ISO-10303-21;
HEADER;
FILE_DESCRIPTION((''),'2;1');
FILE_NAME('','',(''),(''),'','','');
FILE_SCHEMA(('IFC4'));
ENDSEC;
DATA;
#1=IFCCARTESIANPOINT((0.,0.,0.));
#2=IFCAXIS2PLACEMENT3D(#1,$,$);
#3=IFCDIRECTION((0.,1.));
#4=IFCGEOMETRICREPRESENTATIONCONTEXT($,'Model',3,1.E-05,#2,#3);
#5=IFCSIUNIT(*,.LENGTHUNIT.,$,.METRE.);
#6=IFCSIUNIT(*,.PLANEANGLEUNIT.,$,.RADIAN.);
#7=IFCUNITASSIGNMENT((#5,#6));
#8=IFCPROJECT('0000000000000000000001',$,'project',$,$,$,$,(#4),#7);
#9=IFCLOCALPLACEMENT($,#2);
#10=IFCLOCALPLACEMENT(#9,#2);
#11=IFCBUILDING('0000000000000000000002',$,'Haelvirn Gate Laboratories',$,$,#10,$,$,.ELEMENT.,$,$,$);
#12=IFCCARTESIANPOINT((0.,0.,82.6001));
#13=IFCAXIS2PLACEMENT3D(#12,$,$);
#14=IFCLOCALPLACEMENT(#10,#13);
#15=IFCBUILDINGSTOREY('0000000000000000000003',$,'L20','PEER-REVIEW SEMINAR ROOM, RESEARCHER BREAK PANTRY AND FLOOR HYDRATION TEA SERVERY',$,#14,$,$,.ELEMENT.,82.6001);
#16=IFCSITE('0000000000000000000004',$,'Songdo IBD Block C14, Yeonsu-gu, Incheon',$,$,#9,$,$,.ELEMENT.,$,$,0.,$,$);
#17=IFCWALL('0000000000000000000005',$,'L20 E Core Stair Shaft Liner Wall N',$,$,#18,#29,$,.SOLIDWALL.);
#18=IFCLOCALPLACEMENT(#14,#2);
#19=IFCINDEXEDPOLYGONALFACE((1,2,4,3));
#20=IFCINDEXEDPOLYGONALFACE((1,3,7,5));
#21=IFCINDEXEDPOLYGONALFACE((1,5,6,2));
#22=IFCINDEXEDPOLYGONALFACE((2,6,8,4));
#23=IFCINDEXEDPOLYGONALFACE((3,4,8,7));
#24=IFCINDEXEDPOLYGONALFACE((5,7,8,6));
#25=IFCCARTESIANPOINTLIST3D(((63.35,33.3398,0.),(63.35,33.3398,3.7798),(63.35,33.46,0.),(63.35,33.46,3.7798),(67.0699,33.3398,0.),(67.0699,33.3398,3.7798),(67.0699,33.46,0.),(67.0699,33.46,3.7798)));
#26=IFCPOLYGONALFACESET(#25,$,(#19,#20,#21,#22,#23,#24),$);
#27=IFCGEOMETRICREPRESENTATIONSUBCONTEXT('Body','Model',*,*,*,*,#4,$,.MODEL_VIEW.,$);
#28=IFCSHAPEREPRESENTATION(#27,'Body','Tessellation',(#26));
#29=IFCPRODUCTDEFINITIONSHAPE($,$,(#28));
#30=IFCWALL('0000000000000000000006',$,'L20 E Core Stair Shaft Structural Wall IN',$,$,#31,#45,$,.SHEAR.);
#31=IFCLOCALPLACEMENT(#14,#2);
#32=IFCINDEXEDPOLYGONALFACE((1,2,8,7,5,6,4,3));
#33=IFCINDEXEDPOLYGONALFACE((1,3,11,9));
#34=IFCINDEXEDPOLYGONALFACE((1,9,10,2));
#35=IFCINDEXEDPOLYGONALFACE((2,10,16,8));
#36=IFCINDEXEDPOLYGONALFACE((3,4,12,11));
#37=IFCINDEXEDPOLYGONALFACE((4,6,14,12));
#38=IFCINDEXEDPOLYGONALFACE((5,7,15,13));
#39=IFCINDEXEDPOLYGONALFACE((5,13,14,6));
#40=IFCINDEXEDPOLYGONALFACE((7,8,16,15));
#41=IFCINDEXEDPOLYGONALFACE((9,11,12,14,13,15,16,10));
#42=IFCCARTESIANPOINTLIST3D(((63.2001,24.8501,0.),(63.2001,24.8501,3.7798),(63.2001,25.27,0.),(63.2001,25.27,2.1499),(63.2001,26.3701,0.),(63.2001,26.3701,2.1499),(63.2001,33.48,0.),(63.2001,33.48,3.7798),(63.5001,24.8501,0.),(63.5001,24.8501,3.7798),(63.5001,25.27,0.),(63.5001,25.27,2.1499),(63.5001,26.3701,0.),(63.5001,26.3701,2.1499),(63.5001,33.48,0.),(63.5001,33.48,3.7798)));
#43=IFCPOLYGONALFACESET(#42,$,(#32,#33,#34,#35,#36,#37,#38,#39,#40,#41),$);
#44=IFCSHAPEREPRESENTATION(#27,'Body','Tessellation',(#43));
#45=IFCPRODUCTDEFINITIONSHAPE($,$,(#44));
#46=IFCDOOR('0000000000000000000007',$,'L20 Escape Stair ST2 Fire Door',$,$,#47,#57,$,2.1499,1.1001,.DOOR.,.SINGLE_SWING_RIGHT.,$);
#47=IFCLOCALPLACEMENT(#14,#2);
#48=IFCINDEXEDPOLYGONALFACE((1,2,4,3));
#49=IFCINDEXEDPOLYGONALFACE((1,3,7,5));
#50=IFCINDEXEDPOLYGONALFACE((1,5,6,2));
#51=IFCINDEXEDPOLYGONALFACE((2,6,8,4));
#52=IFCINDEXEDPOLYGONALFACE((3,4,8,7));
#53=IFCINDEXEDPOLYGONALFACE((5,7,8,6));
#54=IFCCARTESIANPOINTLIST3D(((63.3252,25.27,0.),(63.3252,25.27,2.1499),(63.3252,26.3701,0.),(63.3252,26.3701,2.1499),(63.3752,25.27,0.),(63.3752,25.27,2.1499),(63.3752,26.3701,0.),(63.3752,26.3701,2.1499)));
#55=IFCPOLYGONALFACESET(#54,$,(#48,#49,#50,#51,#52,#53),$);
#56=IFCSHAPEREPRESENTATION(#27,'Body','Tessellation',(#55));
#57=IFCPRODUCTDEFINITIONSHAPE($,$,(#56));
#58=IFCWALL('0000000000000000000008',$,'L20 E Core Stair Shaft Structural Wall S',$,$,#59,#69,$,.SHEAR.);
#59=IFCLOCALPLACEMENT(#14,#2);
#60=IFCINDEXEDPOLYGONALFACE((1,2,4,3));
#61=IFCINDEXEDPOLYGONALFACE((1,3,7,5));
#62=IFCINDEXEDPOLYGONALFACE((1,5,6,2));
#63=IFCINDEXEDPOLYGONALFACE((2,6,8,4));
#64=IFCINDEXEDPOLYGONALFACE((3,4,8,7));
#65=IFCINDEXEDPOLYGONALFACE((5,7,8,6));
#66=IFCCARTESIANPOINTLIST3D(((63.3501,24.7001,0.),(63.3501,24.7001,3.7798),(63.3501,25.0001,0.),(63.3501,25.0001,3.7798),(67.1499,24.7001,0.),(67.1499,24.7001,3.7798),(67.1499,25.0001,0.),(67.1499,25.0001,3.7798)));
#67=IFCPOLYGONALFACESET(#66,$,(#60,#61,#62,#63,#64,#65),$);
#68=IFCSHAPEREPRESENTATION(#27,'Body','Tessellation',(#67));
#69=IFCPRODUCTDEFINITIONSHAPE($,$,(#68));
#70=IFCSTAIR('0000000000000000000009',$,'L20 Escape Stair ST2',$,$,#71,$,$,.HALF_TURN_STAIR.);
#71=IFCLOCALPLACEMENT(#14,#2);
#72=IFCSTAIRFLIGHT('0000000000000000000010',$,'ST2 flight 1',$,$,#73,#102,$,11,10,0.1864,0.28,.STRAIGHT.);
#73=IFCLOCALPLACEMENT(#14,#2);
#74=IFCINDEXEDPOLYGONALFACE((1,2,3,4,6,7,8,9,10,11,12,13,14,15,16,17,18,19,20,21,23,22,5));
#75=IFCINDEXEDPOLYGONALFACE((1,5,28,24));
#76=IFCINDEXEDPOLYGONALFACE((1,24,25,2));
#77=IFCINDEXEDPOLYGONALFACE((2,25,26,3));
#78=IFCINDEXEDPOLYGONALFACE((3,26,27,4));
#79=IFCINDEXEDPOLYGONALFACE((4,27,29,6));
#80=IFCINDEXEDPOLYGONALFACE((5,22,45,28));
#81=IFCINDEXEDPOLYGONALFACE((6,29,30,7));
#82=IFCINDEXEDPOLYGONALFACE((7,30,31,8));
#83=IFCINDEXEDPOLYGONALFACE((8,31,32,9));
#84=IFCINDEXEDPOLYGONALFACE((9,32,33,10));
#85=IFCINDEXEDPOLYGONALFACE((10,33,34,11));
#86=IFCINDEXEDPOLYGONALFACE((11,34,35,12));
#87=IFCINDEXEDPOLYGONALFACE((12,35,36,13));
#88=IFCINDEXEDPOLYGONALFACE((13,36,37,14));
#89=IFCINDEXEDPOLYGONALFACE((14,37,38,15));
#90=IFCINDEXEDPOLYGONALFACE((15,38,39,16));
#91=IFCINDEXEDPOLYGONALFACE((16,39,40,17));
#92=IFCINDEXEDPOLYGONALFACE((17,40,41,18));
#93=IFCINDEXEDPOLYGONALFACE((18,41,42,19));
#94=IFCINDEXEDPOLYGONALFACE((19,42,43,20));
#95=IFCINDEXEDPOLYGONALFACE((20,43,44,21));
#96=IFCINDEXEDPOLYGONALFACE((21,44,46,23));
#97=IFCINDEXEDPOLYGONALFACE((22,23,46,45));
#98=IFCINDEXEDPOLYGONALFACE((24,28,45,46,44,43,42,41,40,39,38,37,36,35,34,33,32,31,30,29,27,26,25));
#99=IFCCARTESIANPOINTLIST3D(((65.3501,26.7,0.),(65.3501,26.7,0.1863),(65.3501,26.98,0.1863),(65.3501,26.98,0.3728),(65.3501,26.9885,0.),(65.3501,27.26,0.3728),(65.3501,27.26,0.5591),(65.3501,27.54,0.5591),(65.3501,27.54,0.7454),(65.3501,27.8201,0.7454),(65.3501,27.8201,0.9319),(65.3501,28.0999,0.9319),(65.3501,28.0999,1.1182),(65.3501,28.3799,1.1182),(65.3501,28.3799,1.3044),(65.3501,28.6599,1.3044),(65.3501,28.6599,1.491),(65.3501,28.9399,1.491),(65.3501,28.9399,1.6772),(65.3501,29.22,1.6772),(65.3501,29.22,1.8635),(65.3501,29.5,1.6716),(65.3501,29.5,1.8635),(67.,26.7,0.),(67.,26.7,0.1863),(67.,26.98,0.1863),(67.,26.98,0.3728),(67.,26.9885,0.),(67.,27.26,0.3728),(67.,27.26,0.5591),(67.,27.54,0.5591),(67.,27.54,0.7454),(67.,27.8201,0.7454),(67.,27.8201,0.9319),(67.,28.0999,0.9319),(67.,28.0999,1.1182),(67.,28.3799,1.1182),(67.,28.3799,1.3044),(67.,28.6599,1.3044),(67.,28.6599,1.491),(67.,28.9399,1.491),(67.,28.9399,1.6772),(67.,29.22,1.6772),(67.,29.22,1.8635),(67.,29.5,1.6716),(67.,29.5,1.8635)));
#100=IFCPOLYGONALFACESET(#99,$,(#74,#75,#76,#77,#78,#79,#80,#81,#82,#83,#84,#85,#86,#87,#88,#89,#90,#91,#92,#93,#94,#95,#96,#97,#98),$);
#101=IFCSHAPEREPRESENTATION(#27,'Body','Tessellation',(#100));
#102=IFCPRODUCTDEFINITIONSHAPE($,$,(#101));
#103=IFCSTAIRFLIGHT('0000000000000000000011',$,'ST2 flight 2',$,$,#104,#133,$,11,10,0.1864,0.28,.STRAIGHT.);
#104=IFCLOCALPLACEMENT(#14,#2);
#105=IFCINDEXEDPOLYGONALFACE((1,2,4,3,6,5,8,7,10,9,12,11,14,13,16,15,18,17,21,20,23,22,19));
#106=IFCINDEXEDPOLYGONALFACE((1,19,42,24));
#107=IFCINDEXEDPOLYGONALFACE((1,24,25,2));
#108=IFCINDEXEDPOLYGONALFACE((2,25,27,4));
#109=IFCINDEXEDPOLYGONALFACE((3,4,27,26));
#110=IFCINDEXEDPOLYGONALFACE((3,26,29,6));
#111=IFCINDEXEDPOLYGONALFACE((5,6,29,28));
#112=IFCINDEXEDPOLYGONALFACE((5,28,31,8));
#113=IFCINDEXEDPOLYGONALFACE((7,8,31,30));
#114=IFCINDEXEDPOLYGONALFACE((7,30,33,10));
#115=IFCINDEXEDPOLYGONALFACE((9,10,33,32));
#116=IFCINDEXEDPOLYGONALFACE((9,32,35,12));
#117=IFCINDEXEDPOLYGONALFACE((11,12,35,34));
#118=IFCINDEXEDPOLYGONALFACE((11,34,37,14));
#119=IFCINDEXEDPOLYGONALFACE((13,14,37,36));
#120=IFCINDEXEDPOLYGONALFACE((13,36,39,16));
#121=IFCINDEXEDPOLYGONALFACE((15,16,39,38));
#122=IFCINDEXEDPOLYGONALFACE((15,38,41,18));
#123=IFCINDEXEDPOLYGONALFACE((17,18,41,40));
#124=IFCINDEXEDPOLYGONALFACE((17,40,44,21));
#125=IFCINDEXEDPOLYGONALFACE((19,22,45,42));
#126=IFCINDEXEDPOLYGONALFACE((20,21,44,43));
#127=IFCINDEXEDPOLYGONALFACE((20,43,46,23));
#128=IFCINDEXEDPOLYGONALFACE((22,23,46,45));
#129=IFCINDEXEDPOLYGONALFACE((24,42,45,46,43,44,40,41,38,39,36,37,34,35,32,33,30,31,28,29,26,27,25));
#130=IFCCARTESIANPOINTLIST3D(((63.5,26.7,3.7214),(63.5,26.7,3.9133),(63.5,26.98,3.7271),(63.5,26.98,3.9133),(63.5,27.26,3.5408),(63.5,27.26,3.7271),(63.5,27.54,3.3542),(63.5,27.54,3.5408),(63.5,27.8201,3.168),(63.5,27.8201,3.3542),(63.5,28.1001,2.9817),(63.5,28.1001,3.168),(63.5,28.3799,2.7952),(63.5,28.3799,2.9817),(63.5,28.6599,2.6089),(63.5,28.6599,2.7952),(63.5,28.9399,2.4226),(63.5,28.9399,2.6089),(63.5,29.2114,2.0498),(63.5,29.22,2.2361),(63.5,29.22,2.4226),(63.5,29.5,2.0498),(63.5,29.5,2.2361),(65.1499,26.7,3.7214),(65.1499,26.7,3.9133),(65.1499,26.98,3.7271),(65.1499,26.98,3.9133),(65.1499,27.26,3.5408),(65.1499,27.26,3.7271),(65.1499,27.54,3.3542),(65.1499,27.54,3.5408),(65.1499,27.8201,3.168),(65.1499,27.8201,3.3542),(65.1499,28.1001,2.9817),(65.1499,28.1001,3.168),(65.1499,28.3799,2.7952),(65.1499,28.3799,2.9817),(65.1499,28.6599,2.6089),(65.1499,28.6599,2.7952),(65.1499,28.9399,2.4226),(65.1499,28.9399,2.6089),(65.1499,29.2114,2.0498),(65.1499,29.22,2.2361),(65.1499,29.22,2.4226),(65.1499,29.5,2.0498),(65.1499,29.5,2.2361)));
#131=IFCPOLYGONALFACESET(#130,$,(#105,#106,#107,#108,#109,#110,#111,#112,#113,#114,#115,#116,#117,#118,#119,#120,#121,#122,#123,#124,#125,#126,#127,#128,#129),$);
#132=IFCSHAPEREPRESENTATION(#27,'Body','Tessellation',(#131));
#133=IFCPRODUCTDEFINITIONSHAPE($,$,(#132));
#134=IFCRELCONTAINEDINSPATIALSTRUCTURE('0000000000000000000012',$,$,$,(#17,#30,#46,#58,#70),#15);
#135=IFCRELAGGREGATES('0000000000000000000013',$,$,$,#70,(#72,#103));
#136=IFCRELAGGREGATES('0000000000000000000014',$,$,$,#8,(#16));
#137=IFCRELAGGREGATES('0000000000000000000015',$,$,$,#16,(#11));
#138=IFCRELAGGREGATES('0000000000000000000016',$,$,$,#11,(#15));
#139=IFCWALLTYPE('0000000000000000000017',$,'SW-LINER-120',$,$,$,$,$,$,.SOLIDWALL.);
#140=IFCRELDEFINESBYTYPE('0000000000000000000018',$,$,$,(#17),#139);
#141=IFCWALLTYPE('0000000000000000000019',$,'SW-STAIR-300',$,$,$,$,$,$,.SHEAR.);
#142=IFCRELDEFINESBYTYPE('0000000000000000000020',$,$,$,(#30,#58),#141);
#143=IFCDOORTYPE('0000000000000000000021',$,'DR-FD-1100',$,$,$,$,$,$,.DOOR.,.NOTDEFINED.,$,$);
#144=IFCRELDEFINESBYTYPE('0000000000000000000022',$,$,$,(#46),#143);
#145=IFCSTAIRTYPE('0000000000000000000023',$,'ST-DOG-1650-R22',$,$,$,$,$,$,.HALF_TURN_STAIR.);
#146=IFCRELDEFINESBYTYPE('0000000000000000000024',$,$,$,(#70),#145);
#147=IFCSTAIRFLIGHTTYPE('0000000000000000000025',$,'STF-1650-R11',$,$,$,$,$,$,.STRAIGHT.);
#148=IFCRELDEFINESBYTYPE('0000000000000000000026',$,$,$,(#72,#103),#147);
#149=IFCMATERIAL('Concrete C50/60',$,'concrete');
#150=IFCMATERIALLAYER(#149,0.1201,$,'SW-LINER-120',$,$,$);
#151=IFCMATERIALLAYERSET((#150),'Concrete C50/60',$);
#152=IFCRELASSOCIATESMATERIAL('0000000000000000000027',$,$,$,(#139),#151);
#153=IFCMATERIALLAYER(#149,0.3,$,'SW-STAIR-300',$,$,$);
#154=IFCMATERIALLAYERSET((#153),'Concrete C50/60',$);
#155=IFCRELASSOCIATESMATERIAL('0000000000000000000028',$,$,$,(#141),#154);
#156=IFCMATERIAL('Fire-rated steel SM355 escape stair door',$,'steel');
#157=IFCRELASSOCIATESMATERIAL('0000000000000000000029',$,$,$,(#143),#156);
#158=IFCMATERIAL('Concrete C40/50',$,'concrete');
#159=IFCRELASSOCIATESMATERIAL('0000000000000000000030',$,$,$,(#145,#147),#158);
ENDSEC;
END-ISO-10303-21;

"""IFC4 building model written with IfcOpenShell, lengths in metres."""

from ifc_helpers import new_model, si_unit, direction, frame, frame_2d, origin, place, context, subcontext, project, spatial, polyline, rectangle, outline, extrude, source, transform, mapped, material, layer, layer_set, type_object, type_shapes, element, fill, aggregate, save


model = new_model("IFC4")

# Units and contexts
model_context = context("Model", 3, precision=1e-05, world=origin(), true_north=direction((0.0, 1.0)))
body_context = subcontext(model_context, "Body", "Model", "MODEL_VIEW")
ifc_project = project(units=[si_unit("LENGTHUNIT", "METRE"), si_unit("PLANEANGLEUNIT", "RADIAN")], contexts=[model_context])

# Site, building, storey
site_placement = place(None, origin())
site = spatial("IfcSite", under=ifc_project, at=site_placement, Name="Songdo IBD Block C14, Yeonsu-gu, Incheon", CompositionType="ELEMENT", RefElevation=0.0)
building_placement = place(site_placement, origin())
building = spatial("IfcBuilding", under=site, at=building_placement, Name="Haelvirn Gate Laboratories", CompositionType="ELEMENT")
storey_placement = place(building_placement, frame((0.0, 0.0, 82.6001)))
storey = spatial("IfcBuildingStorey", under=building, at=storey_placement, Name="L20", Description="PEER-REVIEW SEMINAR ROOM, RESEARCHER BREAK PANTRY AND FLOOR HYDRATION TEA SERVERY", CompositionType="ELEMENT", Elevation=82.6001)

# Wall
ifc_material_1 = material(Name="Concrete C40/50", Category="concrete")
ifc_material_2 = material(Name="Concrete C50/60", Category="concrete")
ifc_layer_1 = layer(ifc_material_2, 0.1201, Name="SW-LINER-120")
ifc_layer_set_1 = layer_set([ifc_layer_1], Name="Concrete C50/60")
wall_type_1 = type_object("IfcWallType", Name="SW-LINER-120", PredefinedType="SOLIDWALL", material=ifc_layer_set_1)
wall_1_placement = place(storey_placement, frame((63.3501, 33.3999, 0.0), z_axis=(0.0, 0.0, 1.0), x_axis=(1.0, 0.0, 0.0)))
element("IfcWall", 1, at=wall_1_placement, inside=storey, type_object=wall_type_1, Name="L20 E Core Stair Shaft Liner Wall N", PredefinedType="SOLIDWALL", context=body_context, shape_type="SweptSolid", body=[
    extrude(rectangle(XDim=3.72, YDim=0.1201, at=frame_2d((1.8599, 0.0))), origin(), (0.0, 0.0, 1.0), 3.7798),
])

# Wall, opening, door
ifc_layer_2 = layer(ifc_material_2, 0.3, Name="SW-STAIR-300")
ifc_layer_set_2 = layer_set([ifc_layer_2], Name="Concrete C50/60")
wall_type_2 = type_object("IfcWallType", Name="SW-STAIR-300", PredefinedType="SHEAR", material=ifc_layer_set_2)
wall_2_placement = place(storey_placement, frame((63.3501, 24.8501, 0.0), z_axis=(0.0, 0.0, 1.0), x_axis=(0.0, 1.0, 0.0)))
wall_2 = element("IfcWall", 2, at=wall_2_placement, inside=storey, type_object=wall_type_2, Name="L20 E Core Stair Shaft Structural Wall IN", PredefinedType="SHEAR", context=body_context, shape_type="SweptSolid", body=[
    extrude(rectangle(XDim=8.6299, YDim=0.3, at=frame_2d((4.3149, 0.0))), origin(), (0.0, 0.0, 1.0), 3.7798),
])
opening_1_placement = place(wall_2_placement, frame((0.4199, 0.0, 0.0)))
opening_1 = element("IfcOpeningElement", 3, at=opening_1_placement, cuts=wall_2, PredefinedType="OPENING", context=body_context, shape_type="SweptSolid", body=[
    extrude(rectangle(XDim=1.1001, YDim=2.1499, at=frame_2d((0.55, 1.075))), frame((0.0, 0.1602, 0.0), z_axis=(0.0, -1.0, 0.0), x_axis=(1.0, 0.0, 0.0)), (0.0, 0.0, 1.0), 0.3201),
])
ifc_material_3 = material(Name="Fire-rated steel SM355 escape stair door", Category="steel")
door_type_1 = type_object("IfcDoorType", Name="DR-FD-1100", OperationType="NOTDEFINED", PredefinedType="DOOR", material=ifc_material_3)
shared_shape_1 = source(origin(), body_context, "Body", "SweptSolid", [
    extrude(rectangle(XDim=1.1001, YDim=2.1499, at=frame_2d((0.55, 1.075))), frame((0.0, 0.0249, 0.0), z_axis=(0.0, -1.0, 0.0), x_axis=(1.0, 0.0, 0.0)), (0.0, 0.0, 1.0), 0.05),
])
type_shapes(door_type_1, [shared_shape_1])
door_1_placement = place(opening_1_placement, origin())
door_1 = element("IfcDoor", 4, at=door_1_placement, inside=storey, type_object=door_type_1, Name="L20 Escape Stair ST2 Fire Door", OperationType="SINGLE_SWING_RIGHT", OverallHeight=2.1499, OverallWidth=1.1001, PredefinedType="DOOR", context=body_context, shape_type="MappedRepresentation", body=[
    mapped(shared_shape_1, transform((0.0, 0.0, 0.0), scale=1.0)),
])
fill(opening_1, door_1)

# Wall
wall_3_placement = place(storey_placement, frame((63.3501, 24.8501, 0.0), z_axis=(0.0, 0.0, 1.0), x_axis=(1.0, 0.0, 0.0)))
element("IfcWall", 5, at=wall_3_placement, inside=storey, type_object=wall_type_2, Name="L20 E Core Stair Shaft Structural Wall S", PredefinedType="SHEAR", context=body_context, shape_type="SweptSolid", body=[
    extrude(rectangle(XDim=3.7998, YDim=0.3, at=frame_2d((1.8999, 0.0))), origin(), (0.0, 0.0, 1.0), 3.7798),
])

# Stair, stair flights
stair_type = type_object("IfcStairType", Name="ST-DOG-1650-R22", PredefinedType="HALF_TURN_STAIR", material=ifc_material_1)
stair_placement = place(storey_placement, origin())
stair = element("IfcStair", 6, at=stair_placement, inside=storey, type_object=stair_type, Name="L20 Escape Stair ST2", PredefinedType="HALF_TURN_STAIR")
stair_flight_type = type_object("IfcStairFlightType", Name="STF-1650-R11", PredefinedType="STRAIGHT", material=ifc_material_1)
shared_shape_2 = source(origin(), body_context, "Body", "SweptSolid", [
    extrude(outline(polyline([(0.0, 0.0), (0.0, 0.1863), (0.28, 0.1863), (0.28, 0.3728), (0.5601, 0.3728), (0.5601, 0.5591), (0.8401, 0.5591), (0.8401, 0.7454), (1.1201, 0.7454), (1.1201, 0.9319), (1.3999, 0.9319), (1.3999, 1.1182), (1.6799, 1.1182), (1.6799, 1.3044), (1.96, 1.3044), (1.96, 1.491), (2.24, 1.491), (2.24, 1.6772), (2.52, 1.6772), (2.52, 1.8635), (2.8, 1.8635), (2.8, 2.05), (2.8, 1.6716), (0.2886, 0.0), (0.0, 0.0)])), frame((0.0, 0.825, 0.0), z_axis=(0.0, -1.0, 0.0), x_axis=(1.0, 0.0, 0.0)), (0.0, 0.0, 1.0), 1.6499),
])
type_shapes(stair_flight_type, [shared_shape_2])
stair_flight_1_placement = place(storey_placement, frame((66.175, 26.7, 0.0), z_axis=(0.0, 0.0, 1.0), x_axis=(0.0, 1.0, 0.0)))
stair_flight_1 = element("IfcStairFlight", 7, at=stair_flight_1_placement, type_object=stair_flight_type, Name="ST2 flight 1", NumberOfRisers=11, NumberOfTreads=10, PredefinedType="STRAIGHT", RiserHeight=0.1864, TreadLength=0.28, context=body_context, shape_type="MappedRepresentation", body=[
    mapped(shared_shape_2, transform((0.0, 0.0, 0.0), scale=1.0)),
])
stair_flight_2_placement = place(storey_placement, frame((64.325, 29.5, 2.0498), z_axis=(0.0, 0.0, 1.0), x_axis=(0.0, -1.0, 0.0)))
stair_flight_2 = element("IfcStairFlight", 8, at=stair_flight_2_placement, type_object=stair_flight_type, Name="ST2 flight 2", NumberOfRisers=11, NumberOfTreads=10, PredefinedType="STRAIGHT", RiserHeight=0.1864, TreadLength=0.28, context=body_context, shape_type="MappedRepresentation", body=[
    mapped(shared_shape_2, transform((0.0, 0.0, 0.0), scale=1.0)),
])
aggregate(stair, [stair_flight_1, stair_flight_2])

save(model, "model.ifc")
